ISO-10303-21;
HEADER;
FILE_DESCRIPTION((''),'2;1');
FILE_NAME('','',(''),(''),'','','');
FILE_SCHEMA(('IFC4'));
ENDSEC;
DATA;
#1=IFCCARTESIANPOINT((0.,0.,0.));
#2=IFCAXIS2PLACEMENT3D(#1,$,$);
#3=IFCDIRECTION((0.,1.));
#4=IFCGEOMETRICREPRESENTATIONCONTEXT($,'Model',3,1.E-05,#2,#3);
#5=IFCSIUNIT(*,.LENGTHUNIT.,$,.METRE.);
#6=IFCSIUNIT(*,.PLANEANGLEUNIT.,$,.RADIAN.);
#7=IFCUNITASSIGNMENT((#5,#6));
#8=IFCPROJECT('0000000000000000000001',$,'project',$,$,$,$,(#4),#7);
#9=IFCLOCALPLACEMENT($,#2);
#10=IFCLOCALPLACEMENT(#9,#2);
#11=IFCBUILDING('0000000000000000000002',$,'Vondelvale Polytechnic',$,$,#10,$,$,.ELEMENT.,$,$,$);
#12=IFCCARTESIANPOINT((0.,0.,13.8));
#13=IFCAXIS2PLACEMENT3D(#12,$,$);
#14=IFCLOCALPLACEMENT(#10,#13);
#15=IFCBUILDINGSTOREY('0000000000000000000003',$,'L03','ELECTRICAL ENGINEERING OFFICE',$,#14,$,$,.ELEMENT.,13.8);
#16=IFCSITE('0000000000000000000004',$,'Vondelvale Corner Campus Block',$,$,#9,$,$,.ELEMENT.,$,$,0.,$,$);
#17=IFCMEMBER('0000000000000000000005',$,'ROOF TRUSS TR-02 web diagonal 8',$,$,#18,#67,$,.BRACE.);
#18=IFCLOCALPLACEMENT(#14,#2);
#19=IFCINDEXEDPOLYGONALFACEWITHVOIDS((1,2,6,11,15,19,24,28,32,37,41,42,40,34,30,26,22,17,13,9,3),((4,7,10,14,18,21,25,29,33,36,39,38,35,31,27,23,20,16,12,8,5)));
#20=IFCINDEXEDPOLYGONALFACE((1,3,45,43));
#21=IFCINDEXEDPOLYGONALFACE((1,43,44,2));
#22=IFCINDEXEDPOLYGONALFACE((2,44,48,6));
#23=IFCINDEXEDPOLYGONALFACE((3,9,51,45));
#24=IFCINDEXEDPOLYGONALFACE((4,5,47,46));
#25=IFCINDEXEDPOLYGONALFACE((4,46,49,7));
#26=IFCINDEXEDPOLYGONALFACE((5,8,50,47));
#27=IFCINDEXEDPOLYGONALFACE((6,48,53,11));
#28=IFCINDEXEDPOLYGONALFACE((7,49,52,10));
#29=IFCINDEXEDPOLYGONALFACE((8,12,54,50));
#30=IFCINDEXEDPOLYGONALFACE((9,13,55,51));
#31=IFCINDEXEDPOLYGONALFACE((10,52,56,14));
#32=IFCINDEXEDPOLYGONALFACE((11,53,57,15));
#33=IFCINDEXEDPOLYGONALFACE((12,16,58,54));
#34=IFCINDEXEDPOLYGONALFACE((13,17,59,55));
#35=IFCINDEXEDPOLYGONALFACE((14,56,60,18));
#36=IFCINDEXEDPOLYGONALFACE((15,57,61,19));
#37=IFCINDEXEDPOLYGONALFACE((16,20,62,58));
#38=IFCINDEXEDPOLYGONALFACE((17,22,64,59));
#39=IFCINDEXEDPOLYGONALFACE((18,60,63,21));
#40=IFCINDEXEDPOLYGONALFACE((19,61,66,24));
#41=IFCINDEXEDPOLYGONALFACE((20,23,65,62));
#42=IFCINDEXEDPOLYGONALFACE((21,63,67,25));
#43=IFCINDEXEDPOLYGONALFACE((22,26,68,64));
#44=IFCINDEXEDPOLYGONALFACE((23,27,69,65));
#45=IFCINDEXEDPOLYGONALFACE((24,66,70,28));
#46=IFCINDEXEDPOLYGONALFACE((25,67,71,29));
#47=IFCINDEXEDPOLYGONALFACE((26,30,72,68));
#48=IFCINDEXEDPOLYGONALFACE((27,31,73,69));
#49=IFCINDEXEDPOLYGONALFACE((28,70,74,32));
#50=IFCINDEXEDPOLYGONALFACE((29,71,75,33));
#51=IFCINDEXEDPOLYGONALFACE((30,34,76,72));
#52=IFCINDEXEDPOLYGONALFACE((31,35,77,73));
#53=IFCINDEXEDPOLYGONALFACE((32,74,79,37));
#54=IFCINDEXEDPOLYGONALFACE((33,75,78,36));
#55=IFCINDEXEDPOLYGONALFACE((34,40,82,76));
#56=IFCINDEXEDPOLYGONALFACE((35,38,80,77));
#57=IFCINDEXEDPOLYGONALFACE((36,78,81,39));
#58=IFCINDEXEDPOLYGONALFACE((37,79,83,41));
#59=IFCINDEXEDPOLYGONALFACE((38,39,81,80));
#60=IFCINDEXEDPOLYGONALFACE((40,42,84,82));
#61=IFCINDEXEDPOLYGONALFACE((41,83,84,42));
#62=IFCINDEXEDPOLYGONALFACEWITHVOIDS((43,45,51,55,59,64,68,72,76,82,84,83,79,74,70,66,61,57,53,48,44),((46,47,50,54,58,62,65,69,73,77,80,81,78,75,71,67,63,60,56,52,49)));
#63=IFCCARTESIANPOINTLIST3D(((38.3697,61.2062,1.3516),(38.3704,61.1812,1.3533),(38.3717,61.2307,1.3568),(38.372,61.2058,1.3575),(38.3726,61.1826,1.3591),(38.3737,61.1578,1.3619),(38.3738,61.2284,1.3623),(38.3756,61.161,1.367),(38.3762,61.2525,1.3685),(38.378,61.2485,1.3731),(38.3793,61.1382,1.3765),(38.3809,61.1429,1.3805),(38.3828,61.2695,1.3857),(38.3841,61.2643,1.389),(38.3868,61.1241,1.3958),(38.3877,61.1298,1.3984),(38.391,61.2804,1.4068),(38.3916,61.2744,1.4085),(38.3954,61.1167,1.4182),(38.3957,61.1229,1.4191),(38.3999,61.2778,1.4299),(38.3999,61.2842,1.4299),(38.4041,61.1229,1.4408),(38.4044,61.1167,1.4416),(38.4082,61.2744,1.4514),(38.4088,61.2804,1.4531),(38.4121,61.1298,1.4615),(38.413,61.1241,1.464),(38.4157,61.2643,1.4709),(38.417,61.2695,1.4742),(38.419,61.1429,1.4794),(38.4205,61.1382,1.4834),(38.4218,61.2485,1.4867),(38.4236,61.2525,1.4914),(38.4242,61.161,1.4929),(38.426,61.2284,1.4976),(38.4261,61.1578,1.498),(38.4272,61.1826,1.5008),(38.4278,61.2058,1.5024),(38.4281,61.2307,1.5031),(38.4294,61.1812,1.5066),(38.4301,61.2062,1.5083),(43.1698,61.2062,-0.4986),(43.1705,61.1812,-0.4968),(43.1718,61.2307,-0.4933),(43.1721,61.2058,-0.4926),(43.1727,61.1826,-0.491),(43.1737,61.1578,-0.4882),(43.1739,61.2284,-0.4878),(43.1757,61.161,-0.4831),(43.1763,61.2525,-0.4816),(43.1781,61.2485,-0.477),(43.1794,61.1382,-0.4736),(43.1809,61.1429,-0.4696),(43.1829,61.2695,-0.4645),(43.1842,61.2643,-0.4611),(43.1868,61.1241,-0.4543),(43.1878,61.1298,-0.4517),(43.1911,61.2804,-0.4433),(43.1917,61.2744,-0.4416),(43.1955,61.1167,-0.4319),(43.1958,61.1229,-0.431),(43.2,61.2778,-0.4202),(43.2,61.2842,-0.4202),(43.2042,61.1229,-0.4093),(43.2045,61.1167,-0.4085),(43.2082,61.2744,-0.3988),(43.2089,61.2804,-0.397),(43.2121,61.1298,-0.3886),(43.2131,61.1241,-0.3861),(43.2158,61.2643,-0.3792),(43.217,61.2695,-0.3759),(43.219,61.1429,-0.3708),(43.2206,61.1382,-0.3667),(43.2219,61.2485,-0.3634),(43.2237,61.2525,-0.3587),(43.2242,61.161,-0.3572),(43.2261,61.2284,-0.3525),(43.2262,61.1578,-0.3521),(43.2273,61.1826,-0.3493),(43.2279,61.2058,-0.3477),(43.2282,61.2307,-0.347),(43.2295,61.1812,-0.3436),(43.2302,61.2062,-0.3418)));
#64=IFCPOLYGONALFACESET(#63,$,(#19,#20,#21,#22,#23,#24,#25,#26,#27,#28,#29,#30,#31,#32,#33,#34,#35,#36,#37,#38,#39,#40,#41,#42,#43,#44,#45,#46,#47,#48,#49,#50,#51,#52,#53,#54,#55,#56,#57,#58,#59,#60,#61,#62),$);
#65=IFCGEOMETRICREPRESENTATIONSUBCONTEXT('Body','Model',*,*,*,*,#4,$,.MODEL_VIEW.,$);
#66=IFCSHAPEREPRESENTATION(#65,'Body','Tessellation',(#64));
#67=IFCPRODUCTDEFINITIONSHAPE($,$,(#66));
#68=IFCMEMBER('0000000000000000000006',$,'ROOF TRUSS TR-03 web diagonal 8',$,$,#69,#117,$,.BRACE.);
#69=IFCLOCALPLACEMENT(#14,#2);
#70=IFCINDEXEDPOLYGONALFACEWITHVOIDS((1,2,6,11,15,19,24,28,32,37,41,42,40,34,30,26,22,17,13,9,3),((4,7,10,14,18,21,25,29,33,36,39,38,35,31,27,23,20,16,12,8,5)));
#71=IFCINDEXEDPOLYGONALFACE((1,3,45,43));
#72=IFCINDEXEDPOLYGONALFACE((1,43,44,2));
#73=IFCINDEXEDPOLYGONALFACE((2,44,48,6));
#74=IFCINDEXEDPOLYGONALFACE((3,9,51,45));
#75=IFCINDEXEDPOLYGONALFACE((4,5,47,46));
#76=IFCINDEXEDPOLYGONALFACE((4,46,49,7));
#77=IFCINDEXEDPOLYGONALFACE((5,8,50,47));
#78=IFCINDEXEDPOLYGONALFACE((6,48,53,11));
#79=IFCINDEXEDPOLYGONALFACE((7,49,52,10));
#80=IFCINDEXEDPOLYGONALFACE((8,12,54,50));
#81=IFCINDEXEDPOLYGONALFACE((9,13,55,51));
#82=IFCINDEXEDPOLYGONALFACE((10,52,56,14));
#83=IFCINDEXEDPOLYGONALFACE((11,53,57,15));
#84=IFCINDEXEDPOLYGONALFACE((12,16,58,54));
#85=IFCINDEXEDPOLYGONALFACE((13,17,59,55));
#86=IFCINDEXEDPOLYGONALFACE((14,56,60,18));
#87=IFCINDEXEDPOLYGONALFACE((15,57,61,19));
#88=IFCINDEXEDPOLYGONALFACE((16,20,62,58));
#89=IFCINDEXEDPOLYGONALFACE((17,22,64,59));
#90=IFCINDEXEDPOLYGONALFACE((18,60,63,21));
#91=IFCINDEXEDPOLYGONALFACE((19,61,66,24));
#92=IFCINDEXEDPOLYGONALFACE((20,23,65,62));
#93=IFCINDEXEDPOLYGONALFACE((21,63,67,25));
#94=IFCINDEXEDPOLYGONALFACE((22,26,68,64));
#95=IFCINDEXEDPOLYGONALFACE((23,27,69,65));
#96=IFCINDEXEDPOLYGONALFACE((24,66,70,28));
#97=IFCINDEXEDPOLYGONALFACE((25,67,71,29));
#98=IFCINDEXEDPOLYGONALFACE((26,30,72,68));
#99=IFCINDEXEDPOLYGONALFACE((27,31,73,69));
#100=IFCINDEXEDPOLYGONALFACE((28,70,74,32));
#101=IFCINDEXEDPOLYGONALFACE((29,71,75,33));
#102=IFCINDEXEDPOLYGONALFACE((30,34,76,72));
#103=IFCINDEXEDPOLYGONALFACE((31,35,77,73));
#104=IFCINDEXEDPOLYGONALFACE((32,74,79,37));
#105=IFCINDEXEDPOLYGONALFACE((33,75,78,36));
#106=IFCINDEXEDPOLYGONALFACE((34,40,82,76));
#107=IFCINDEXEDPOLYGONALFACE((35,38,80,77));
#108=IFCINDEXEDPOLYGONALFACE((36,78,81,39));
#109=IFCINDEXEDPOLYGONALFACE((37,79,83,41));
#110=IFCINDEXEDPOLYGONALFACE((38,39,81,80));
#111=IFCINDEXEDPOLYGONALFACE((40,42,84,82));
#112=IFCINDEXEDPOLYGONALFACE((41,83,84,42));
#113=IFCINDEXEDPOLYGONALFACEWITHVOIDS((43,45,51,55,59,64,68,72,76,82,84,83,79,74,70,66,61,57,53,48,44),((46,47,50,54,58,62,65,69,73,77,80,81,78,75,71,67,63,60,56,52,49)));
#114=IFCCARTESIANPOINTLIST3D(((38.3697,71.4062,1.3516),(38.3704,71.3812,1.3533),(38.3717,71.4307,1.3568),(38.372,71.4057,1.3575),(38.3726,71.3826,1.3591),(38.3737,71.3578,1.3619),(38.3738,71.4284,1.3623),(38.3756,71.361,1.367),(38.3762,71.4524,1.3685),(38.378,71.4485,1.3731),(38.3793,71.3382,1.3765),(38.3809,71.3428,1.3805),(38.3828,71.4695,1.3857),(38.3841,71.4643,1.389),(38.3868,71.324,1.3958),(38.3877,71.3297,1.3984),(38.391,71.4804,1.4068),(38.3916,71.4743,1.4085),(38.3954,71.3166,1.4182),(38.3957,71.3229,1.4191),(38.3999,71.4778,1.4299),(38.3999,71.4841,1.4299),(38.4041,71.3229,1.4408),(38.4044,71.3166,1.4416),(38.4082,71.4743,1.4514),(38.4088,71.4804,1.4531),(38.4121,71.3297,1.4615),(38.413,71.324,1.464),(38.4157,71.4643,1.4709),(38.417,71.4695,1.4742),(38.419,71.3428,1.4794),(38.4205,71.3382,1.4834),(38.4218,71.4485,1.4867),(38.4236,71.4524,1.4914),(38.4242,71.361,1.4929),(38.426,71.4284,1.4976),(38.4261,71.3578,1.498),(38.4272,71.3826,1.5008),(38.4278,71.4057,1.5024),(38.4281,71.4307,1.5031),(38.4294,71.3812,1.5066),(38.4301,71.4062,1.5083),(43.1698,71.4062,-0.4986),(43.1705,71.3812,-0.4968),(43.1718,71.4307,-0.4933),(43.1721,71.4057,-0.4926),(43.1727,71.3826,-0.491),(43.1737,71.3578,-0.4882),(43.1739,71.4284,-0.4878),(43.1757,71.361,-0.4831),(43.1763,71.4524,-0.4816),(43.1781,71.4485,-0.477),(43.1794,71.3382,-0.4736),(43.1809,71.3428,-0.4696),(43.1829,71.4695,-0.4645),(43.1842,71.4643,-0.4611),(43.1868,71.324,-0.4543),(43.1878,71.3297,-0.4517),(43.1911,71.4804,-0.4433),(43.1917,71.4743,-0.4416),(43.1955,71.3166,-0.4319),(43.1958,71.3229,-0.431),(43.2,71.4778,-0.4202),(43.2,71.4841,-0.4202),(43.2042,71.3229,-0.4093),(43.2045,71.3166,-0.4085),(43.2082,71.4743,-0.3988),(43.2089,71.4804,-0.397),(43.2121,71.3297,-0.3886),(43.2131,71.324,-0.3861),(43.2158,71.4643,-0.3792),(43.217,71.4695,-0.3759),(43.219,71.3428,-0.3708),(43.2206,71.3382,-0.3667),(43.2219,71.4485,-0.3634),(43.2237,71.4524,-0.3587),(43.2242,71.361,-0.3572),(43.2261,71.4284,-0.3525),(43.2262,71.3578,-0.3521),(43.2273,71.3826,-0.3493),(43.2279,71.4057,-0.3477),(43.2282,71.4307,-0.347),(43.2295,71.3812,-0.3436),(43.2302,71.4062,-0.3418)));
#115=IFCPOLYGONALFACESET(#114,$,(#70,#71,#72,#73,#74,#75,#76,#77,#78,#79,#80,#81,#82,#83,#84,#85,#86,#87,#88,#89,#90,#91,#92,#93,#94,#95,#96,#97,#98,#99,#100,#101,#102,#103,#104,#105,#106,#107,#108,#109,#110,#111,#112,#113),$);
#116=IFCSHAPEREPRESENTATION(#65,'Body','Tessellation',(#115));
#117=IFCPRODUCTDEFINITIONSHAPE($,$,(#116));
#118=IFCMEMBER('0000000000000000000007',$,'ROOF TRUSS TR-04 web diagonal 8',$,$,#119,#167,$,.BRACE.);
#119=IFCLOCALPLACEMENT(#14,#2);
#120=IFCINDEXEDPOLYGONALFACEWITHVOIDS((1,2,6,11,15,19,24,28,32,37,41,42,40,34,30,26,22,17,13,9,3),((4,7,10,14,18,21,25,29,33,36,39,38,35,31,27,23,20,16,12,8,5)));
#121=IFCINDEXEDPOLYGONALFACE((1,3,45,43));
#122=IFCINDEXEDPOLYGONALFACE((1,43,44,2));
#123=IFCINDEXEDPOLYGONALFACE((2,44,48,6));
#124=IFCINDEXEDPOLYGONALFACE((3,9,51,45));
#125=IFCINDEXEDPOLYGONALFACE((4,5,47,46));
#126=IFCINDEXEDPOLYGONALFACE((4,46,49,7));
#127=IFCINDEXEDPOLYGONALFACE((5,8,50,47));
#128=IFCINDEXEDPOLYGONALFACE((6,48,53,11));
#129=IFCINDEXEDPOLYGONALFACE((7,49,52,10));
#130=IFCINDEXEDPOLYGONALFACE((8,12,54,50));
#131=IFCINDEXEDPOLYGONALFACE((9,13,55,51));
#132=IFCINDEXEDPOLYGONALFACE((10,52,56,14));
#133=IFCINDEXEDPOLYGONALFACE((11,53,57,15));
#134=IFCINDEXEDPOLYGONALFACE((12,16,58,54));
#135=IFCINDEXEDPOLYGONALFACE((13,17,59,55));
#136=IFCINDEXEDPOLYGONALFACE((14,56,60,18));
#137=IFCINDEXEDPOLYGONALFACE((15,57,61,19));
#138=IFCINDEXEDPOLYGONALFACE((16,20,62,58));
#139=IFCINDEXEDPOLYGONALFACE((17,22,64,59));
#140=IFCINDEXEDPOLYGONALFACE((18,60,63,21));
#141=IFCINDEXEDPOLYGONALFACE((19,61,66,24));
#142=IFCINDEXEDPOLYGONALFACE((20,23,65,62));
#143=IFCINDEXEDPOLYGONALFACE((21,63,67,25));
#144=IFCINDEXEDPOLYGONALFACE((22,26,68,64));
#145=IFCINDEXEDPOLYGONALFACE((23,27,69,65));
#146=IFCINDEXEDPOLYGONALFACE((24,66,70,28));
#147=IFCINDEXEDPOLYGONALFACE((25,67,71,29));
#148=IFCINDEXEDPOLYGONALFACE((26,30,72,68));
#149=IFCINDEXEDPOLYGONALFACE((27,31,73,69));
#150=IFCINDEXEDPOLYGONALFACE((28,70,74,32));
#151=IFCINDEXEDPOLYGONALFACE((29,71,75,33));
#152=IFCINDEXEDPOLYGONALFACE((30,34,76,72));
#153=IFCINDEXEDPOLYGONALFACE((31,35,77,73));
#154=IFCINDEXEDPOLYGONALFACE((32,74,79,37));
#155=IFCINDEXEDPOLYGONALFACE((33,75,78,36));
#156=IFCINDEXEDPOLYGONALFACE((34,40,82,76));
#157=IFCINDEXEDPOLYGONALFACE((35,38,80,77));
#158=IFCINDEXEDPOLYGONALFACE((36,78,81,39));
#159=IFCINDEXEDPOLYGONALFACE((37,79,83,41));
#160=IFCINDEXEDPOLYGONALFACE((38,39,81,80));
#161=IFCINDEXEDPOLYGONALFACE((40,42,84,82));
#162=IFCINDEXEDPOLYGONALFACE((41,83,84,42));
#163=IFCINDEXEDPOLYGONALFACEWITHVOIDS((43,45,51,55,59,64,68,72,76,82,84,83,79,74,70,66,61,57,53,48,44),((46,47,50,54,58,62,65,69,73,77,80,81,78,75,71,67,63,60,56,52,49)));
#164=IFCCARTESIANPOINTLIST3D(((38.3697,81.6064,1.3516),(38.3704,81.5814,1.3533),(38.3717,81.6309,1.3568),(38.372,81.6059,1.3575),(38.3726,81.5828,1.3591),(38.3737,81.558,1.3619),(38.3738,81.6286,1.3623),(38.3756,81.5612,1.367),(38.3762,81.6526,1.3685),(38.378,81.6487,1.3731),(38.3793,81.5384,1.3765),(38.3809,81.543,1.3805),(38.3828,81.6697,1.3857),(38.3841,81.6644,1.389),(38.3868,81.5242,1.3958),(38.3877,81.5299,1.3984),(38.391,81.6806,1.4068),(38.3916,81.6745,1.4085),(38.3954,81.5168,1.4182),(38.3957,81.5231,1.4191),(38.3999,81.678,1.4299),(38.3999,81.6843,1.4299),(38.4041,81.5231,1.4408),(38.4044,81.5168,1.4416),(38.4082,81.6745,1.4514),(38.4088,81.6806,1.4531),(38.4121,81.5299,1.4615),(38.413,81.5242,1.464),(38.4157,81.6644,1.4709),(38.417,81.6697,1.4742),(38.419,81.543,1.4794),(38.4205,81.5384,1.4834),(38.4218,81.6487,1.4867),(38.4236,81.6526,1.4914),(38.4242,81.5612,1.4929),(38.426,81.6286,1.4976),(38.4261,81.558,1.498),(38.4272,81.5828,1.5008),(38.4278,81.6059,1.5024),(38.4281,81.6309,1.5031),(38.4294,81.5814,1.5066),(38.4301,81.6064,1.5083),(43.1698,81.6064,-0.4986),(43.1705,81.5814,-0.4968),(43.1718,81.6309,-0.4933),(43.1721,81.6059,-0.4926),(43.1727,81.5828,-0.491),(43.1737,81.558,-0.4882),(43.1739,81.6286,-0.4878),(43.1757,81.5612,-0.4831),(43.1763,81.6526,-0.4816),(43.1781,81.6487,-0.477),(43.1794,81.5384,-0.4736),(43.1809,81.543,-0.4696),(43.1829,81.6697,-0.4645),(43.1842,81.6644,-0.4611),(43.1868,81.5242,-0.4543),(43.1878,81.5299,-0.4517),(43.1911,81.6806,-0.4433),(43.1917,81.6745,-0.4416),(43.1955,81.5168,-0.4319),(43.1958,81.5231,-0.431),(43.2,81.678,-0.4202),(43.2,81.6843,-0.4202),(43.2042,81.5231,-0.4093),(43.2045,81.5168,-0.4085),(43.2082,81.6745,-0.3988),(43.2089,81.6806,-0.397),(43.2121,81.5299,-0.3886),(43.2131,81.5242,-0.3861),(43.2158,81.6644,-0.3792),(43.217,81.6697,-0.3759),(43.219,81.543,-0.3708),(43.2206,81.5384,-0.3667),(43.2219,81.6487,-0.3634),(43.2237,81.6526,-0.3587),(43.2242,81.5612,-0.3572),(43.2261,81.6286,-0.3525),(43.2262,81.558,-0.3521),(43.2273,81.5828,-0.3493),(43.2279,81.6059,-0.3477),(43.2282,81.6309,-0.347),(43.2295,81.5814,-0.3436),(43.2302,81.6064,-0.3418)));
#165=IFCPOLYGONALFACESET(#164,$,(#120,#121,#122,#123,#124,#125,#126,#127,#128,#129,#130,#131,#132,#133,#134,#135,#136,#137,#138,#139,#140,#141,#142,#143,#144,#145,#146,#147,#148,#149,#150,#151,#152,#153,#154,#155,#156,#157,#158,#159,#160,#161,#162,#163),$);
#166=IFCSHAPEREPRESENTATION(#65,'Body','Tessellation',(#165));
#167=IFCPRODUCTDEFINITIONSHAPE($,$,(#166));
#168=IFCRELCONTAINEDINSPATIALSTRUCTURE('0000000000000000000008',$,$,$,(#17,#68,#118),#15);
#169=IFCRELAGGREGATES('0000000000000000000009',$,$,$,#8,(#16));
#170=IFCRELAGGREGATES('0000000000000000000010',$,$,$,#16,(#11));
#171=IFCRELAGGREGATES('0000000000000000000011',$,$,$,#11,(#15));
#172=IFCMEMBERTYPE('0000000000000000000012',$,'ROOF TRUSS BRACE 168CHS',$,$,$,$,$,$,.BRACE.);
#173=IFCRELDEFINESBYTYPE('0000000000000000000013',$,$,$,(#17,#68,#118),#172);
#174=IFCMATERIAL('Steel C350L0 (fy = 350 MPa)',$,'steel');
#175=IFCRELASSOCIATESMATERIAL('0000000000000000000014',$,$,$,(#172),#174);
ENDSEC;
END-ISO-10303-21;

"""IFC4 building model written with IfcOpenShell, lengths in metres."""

from ifc_helpers import new_model, si_unit, direction, frame, origin, origin_2d, place, context, subcontext, project, spatial, hollow_circle, extrude, material, material_profile, profile_set, type_object, element, save


model = new_model("IFC4")

# Units and contexts
model_context = context("Model", 3, precision=1e-05, world=origin(), true_north=direction((0.0, 1.0)))
body_context = subcontext(model_context, "Body", "Model", "MODEL_VIEW")
ifc_project = project(units=[si_unit("LENGTHUNIT", "METRE"), si_unit("PLANEANGLEUNIT", "RADIAN")], contexts=[model_context])

# Site, building, storey
site_placement = place(None, origin())
site = spatial("IfcSite", under=ifc_project, at=site_placement, Name="Vondelvale Corner Campus Block", CompositionType="ELEMENT", RefElevation=0.0)
building_placement = place(site_placement, origin())
building = spatial("IfcBuilding", under=site, at=building_placement, Name="Vondelvale Polytechnic", CompositionType="ELEMENT")
storey_placement = place(building_placement, frame((0.0, 0.0, 13.8)))
storey = spatial("IfcBuildingStorey", under=building, at=storey_placement, Name="L03", Description="ELECTRICAL ENGINEERING OFFICE", CompositionType="ELEMENT", Elevation=13.8)

# Members
ifc_material_1 = material(Name="Steel C350L0 (fy = 350 MPa)", Category="steel")
ifc_material_profile_1 = material_profile(ifc_material_1, hollow_circle(Radius=0.0842, WallThickness=0.0063, at=origin_2d()), Name="168.3x6.4CHS")
ifc_profile_set_1 = profile_set([ifc_material_profile_1], Name="Steel C350L0 (fy = 350 MPa)")
member_type_1 = type_object("IfcMemberType", Name="ROOF TRUSS BRACE 168CHS", PredefinedType="BRACE", material=ifc_profile_set_1)
for number, where, z_axis, x_axis, name in (
    (1, (38.3999, 61.2, 1.4299), (0.93309, 0.0, -0.359644), (0.0, 1.0, 0.0), "ROOF TRUSS TR-02 web diagonal 8"),
    (2, (38.3999, 71.3999, 1.4299), (0.93309, 0.0, -0.359644), (0.0, 1.0, 0.0), "ROOF TRUSS TR-03 web diagonal 8"),
    (3, (38.3999, 81.6001, 1.4299), (0.93309, 0.0, -0.359644), (0.0, 1.0, 0.0), "ROOF TRUSS TR-04 web diagonal 8"),
):
    element("IfcMember", number, at=place(storey_placement, frame(where, z_axis=z_axis, x_axis=x_axis)), inside=storey, type_object=member_type_1, Name=name, PredefinedType="BRACE", context=body_context, shape_type="SweptSolid", body=[
        extrude(hollow_circle(Radius=0.0842, WallThickness=0.0063, at=origin_2d()), origin(), (0.0, 0.0, 1.0), 5.1443),
    ])

save(model, "model.ifc")
